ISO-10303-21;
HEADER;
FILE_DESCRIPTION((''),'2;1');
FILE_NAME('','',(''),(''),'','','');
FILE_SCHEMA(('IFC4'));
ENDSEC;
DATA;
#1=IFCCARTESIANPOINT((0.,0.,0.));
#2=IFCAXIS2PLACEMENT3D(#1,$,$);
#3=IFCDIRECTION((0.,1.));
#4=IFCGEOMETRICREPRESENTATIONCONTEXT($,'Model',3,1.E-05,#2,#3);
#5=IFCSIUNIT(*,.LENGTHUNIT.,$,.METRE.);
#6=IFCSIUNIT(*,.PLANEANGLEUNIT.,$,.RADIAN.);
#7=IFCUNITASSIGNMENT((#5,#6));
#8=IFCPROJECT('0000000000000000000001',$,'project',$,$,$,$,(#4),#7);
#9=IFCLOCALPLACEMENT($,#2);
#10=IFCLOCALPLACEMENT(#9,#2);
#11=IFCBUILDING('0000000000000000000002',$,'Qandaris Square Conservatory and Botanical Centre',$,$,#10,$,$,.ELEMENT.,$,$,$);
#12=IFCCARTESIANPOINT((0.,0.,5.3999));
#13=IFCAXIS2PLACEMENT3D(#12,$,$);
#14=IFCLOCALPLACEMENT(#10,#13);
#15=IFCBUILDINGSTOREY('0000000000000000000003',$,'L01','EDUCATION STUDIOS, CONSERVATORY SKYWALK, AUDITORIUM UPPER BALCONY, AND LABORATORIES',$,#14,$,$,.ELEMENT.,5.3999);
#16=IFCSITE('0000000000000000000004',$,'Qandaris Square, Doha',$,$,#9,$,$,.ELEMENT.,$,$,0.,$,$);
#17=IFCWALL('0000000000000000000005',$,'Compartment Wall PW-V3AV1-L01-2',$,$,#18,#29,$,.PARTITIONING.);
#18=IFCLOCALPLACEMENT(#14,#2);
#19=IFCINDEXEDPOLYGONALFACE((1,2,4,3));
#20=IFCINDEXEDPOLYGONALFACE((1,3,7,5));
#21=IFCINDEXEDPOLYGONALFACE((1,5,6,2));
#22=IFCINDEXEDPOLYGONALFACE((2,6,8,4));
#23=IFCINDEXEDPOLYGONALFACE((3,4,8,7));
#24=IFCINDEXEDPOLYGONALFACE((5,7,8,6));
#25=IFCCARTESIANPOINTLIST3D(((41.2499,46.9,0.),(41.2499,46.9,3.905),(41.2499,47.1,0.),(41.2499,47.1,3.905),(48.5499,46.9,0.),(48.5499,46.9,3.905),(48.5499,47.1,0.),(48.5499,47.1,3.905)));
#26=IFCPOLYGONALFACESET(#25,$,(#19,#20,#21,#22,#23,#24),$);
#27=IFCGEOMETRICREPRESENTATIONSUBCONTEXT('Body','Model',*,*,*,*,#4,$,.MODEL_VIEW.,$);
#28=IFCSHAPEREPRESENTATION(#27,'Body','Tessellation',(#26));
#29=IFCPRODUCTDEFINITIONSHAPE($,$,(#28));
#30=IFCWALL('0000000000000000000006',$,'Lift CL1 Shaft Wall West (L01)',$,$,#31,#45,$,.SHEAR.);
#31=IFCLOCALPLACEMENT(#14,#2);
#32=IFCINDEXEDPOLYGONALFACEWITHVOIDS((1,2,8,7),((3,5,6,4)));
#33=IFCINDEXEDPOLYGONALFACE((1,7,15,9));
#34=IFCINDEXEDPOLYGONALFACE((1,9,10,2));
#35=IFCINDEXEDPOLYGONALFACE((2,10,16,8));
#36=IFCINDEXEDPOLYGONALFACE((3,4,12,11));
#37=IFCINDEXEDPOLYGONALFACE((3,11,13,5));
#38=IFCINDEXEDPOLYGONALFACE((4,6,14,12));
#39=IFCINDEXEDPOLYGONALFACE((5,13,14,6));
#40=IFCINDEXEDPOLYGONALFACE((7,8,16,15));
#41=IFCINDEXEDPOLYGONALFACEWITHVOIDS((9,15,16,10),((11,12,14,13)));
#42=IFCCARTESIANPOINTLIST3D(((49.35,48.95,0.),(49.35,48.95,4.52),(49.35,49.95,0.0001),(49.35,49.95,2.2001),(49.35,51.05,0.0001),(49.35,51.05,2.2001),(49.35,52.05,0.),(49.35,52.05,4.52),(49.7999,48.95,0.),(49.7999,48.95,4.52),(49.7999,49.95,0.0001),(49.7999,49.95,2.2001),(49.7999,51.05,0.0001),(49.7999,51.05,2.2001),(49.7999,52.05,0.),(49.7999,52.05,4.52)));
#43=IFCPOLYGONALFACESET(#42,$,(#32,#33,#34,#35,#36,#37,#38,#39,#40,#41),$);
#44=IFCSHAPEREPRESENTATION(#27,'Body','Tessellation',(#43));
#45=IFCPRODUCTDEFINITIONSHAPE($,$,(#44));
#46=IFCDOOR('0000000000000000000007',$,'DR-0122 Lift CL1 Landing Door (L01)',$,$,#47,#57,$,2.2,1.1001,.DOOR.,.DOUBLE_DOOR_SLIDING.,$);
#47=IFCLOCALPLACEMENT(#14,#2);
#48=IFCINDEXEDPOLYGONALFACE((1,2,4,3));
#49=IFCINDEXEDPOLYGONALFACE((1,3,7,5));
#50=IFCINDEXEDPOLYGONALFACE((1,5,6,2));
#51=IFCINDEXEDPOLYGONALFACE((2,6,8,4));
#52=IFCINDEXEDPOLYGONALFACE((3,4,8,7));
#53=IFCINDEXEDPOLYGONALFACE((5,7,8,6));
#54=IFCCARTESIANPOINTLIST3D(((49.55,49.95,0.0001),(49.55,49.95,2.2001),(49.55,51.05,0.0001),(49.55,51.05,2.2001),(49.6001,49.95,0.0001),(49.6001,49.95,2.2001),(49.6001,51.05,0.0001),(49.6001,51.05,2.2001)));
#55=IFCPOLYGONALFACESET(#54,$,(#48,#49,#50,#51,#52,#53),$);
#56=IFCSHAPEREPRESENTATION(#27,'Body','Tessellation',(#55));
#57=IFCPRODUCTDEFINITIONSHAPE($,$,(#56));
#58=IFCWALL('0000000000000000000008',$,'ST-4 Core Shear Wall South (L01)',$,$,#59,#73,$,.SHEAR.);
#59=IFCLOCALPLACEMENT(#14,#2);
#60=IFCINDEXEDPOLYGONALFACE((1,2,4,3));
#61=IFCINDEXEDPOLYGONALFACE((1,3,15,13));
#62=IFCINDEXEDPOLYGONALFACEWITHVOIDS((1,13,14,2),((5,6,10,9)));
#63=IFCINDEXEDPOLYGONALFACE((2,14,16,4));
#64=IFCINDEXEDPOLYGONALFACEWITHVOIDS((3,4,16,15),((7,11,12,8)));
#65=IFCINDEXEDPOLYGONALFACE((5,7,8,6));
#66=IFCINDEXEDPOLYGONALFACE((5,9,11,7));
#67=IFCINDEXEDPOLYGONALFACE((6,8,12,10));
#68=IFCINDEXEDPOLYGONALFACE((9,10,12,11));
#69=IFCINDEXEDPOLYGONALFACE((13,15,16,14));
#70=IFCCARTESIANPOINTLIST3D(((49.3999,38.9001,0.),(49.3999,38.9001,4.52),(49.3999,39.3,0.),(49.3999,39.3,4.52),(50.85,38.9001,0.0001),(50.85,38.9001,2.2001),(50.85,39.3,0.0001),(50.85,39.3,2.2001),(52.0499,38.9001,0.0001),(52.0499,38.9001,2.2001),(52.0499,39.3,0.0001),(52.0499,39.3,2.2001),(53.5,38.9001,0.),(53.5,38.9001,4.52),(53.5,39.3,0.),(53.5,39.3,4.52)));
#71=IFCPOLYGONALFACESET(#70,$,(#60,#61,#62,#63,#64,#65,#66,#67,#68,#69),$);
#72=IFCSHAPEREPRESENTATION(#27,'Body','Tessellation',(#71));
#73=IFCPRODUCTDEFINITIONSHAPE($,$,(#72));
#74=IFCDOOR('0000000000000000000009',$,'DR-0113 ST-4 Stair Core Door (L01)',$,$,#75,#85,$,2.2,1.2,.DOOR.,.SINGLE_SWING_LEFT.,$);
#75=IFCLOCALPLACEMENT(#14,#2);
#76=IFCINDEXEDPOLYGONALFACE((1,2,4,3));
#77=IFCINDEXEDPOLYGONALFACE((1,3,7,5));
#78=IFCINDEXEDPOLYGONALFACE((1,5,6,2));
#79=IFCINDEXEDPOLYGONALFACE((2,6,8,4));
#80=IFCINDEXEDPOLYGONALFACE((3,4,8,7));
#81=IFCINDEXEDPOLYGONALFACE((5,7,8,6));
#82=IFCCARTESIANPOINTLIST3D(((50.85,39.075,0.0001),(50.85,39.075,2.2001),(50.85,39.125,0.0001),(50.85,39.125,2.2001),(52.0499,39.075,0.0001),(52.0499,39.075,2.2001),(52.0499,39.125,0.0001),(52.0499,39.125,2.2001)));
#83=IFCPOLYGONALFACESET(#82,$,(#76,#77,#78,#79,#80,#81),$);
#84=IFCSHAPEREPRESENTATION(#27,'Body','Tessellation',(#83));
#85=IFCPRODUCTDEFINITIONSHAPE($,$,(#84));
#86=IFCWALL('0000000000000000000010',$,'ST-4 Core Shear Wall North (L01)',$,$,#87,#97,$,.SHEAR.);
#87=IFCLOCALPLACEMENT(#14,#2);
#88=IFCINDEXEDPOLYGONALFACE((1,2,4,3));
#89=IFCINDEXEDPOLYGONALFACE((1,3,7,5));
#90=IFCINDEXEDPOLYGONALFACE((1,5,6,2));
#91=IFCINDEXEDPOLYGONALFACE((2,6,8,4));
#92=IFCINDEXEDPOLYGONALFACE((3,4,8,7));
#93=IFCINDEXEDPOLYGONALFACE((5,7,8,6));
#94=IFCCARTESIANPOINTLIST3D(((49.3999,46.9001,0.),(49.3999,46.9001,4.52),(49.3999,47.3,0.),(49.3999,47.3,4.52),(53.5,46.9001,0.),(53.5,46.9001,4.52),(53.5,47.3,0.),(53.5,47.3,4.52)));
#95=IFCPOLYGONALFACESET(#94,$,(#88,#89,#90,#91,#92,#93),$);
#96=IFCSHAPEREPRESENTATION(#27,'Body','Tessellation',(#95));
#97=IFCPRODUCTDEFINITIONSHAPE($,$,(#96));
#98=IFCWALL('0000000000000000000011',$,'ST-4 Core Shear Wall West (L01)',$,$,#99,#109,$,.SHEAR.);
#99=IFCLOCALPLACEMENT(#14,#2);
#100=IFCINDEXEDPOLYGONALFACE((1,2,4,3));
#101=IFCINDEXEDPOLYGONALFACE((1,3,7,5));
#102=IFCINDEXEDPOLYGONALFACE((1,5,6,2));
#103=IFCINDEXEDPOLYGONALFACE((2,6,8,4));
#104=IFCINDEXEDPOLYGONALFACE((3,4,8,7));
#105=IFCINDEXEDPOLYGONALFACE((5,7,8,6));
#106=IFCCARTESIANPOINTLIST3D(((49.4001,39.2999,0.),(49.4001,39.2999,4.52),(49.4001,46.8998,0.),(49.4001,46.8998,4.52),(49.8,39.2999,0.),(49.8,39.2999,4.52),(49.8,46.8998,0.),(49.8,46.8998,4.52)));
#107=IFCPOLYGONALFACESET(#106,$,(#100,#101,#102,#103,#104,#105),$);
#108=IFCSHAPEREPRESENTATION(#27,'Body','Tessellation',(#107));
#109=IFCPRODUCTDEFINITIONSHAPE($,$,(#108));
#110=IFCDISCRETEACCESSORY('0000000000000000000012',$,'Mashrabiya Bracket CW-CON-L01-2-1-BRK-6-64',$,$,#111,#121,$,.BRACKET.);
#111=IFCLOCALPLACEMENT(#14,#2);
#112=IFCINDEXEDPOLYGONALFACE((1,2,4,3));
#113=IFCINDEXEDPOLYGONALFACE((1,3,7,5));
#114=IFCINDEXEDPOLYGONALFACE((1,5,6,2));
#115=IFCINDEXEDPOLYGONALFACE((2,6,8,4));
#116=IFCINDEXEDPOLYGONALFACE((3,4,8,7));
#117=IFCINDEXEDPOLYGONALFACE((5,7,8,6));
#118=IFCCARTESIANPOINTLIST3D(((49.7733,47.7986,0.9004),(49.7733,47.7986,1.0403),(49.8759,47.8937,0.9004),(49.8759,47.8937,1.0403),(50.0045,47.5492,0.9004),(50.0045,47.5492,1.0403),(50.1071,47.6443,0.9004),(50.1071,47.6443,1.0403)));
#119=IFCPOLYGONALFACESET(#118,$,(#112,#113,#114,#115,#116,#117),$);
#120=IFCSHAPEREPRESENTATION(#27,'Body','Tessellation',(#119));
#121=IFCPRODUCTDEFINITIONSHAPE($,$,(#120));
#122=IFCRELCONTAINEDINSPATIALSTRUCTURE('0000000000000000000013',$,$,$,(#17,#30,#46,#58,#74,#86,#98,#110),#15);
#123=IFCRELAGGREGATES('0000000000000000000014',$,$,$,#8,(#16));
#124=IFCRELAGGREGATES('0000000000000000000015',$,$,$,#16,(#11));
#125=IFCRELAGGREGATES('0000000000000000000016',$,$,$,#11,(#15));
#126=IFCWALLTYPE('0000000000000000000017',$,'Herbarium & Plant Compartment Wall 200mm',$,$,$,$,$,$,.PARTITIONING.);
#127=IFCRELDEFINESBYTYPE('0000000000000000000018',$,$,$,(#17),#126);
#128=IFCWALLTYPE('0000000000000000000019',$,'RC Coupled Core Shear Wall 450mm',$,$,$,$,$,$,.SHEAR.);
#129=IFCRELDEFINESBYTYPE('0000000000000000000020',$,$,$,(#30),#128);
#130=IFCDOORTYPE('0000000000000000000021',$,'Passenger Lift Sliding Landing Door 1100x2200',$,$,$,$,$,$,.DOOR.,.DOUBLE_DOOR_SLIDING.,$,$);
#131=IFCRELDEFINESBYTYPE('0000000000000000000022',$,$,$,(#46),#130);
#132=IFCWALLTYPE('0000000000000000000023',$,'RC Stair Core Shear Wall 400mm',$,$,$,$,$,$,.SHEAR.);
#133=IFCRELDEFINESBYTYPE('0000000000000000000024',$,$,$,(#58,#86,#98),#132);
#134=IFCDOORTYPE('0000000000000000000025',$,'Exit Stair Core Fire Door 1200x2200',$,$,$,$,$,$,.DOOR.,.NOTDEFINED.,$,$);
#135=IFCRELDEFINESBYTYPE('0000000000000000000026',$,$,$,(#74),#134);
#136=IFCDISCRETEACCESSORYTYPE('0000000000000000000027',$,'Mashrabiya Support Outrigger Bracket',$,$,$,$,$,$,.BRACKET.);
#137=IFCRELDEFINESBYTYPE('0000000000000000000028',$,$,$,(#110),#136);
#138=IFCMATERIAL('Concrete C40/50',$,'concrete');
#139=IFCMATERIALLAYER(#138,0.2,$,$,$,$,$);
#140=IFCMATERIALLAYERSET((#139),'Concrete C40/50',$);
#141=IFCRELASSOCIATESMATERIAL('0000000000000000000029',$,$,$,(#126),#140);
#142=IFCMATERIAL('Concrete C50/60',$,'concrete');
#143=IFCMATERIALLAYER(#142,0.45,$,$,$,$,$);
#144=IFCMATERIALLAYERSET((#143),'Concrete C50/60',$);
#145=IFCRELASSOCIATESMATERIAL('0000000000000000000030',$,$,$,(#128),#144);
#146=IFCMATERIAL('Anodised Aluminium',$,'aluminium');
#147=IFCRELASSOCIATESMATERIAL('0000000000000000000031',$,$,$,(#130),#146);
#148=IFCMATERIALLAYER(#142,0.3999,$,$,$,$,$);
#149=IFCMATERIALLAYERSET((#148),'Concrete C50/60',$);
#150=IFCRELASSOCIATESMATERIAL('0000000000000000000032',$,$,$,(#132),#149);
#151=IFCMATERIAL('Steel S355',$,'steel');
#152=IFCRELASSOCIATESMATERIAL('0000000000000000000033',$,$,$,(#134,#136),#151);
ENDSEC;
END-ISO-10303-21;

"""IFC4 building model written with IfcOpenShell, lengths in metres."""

from ifc_helpers import new_model, si_unit, direction, frame, frame_2d, origin, origin_2d, place, context, subcontext, project, spatial, rectangle, extrude, material, layer, layer_set, type_object, element, fill, save


model = new_model("IFC4")

# Units and contexts
model_context = context("Model", 3, precision=1e-05, world=origin(), true_north=direction((0.0, 1.0)))
body_context = subcontext(model_context, "Body", "Model", "MODEL_VIEW")
ifc_project = project(units=[si_unit("LENGTHUNIT", "METRE"), si_unit("PLANEANGLEUNIT", "RADIAN")], contexts=[model_context])

# Site, building, storey
site_placement = place(None, origin())
site = spatial("IfcSite", under=ifc_project, at=site_placement, Name="Qandaris Square, Doha", CompositionType="ELEMENT", RefElevation=0.0)
building_placement = place(site_placement, origin())
building = spatial("IfcBuilding", under=site, at=building_placement, Name="Qandaris Square Conservatory and Botanical Centre", CompositionType="ELEMENT")
storey_placement = place(building_placement, frame((0.0, 0.0, 5.3999)))
storey = spatial("IfcBuildingStorey", under=building, at=storey_placement, Name="L01", Description="EDUCATION STUDIOS, CONSERVATORY SKYWALK, AUDITORIUM UPPER BALCONY, AND LABORATORIES", CompositionType="ELEMENT", Elevation=5.3999)

# Shared definitions
ifc_material_1 = material(Name="Concrete C50/60", Category="concrete")
ifc_material_2 = material(Name="Concrete C40/50", Category="concrete")

# Shared definitions
ifc_material_3 = material(Name="Anodised Aluminium", Category="aluminium")

# Wall
ifc_layer_1 = layer(ifc_material_2, 0.2)
ifc_layer_set_1 = layer_set([ifc_layer_1], Name="Concrete C40/50")
wall_type_1 = type_object("IfcWallType", Name="Herbarium & Plant Compartment Wall 200mm", PredefinedType="PARTITIONING", material=ifc_layer_set_1)
wall_1_placement = place(storey_placement, frame((41.25, 47.0, 0.0), z_axis=(0.0, 0.0, 1.0), x_axis=(1.0, 0.0, 0.0)))
element("IfcWall", 1, at=wall_1_placement, inside=storey, type_object=wall_type_1, Name="Compartment Wall PW-V3AV1-L01-2", PredefinedType="PARTITIONING", context=body_context, shape_type="SweptSolid", body=[
    extrude(rectangle(XDim=7.3, YDim=0.2, at=frame_2d((3.6499, 0.0))), origin(), (0.0, 0.0, 1.0), 3.905),
])

# Walls, openings, doors
ifc_layer_2 = layer(ifc_material_1, 0.45)
ifc_layer_set_2 = layer_set([ifc_layer_2], Name="Concrete C50/60")
wall_type_2 = type_object("IfcWallType", Name="RC Coupled Core Shear Wall 450mm", PredefinedType="SHEAR", material=ifc_layer_set_2)
wall_2_placement = place(storey_placement, frame((49.575, 48.95, 0.0), z_axis=(0.0, 0.0, 1.0), x_axis=(0.0, 1.0, 0.0)))
wall_2 = element("IfcWall", 2, at=wall_2_placement, inside=storey, type_object=wall_type_2, Name="Lift CL1 Shaft Wall West (L01)", PredefinedType="SHEAR", context=body_context, shape_type="SweptSolid", body=[
    extrude(rectangle(XDim=3.1001, YDim=0.45, at=frame_2d((1.55, 0.0))), origin(), (0.0, 0.0, 1.0), 4.52),
])
opening_1_placement = place(wall_2_placement, frame((1.0, 0.0, 0.0)))
opening_1 = element("IfcOpeningElement", 3, at=opening_1_placement, cuts=wall_2, PredefinedType="OPENING", context=body_context, shape_type="SweptSolid", body=[
    extrude(rectangle(XDim=1.1001, YDim=2.2, at=frame_2d((0.55, 1.1001))), frame((0.0, 0.2368, 0.0), z_axis=(0.0, -1.0, 0.0), x_axis=(1.0, 0.0, 0.0)), (0.0, 0.0, 1.0), 0.4739),
])
door_type_1 = type_object("IfcDoorType", Name="Passenger Lift Sliding Landing Door 1100x2200", OperationType="DOUBLE_DOOR_SLIDING", PredefinedType="DOOR", material=ifc_material_3)
door_1_placement = place(opening_1_placement, origin())
door_1 = element("IfcDoor", 4, at=door_1_placement, inside=storey, type_object=door_type_1, Name="DR-0122 Lift CL1 Landing Door (L01)", OperationType="DOUBLE_DOOR_SLIDING", OverallHeight=2.2, OverallWidth=1.1001, PredefinedType="DOOR", context=body_context, shape_type="SweptSolid", body=[
    extrude(rectangle(XDim=1.1001, YDim=2.2, at=frame_2d((0.55, 1.1001))), frame((0.0, 0.0249, 0.0), z_axis=(0.0, -1.0, 0.0), x_axis=(1.0, 0.0, 0.0)), (0.0, 0.0, 1.0), 0.05),
])
fill(opening_1, door_1)
ifc_layer_3 = layer(ifc_material_1, 0.3999)
ifc_layer_set_3 = layer_set([ifc_layer_3], Name="Concrete C50/60")
wall_type_3 = type_object("IfcWallType", Name="RC Stair Core Shear Wall 400mm", PredefinedType="SHEAR", material=ifc_layer_set_3)
wall_3_placement = place(storey_placement, frame((49.3999, 39.1001, 0.0), z_axis=(0.0, 0.0, 1.0), x_axis=(1.0, 0.0, 0.0)))
wall_3 = element("IfcWall", 5, at=wall_3_placement, inside=storey, type_object=wall_type_3, Name="ST-4 Core Shear Wall South (L01)", PredefinedType="SHEAR", context=body_context, shape_type="SweptSolid", body=[
    extrude(rectangle(XDim=4.1001, YDim=0.3999, at=frame_2d((2.05, 0.0))), origin(), (0.0, 0.0, 1.0), 4.52),
])
opening_2_placement = place(wall_3_placement, frame((1.45, 0.0, 0.0)))
opening_2 = element("IfcOpeningElement", 6, at=opening_2_placement, cuts=wall_3, PredefinedType="OPENING", context=body_context, shape_type="SweptSolid", body=[
    extrude(rectangle(XDim=1.2, YDim=2.2, at=frame_2d((0.6001, 1.1001))), frame((0.0, 0.2119, 0.0), z_axis=(0.0, -1.0, 0.0), x_axis=(1.0, 0.0, 0.0)), (0.0, 0.0, 1.0), 0.4238),
])
ifc_material_4 = material(Name="Steel S355", Category="steel")
door_type_2 = type_object("IfcDoorType", Name="Exit Stair Core Fire Door 1200x2200", OperationType="NOTDEFINED", PredefinedType="DOOR", material=ifc_material_4)
door_2_placement = place(opening_2_placement, origin())
door_2 = element("IfcDoor", 7, at=door_2_placement, inside=storey, type_object=door_type_2, Name="DR-0113 ST-4 Stair Core Door (L01)", OperationType="SINGLE_SWING_LEFT", OverallHeight=2.2, OverallWidth=1.2, PredefinedType="DOOR", context=body_context, shape_type="SweptSolid", body=[
    extrude(rectangle(XDim=1.2, YDim=2.2, at=frame_2d((0.6001, 1.1001))), frame((0.0, 0.0249, 0.0), z_axis=(0.0, -1.0, 0.0), x_axis=(1.0, 0.0, 0.0)), (0.0, 0.0, 1.0), 0.05),
])
fill(opening_2, door_2)

# Walls
wall_4_placement = place(storey_placement, frame((49.3999, 47.1001, 0.0), z_axis=(0.0, 0.0, 1.0), x_axis=(1.0, 0.0, 0.0)))
element("IfcWall", 8, at=wall_4_placement, inside=storey, type_object=wall_type_3, Name="ST-4 Core Shear Wall North (L01)", PredefinedType="SHEAR", context=body_context, shape_type="SweptSolid", body=[
    extrude(rectangle(XDim=4.1001, YDim=0.3999, at=frame_2d((2.05, 0.0))), origin(), (0.0, 0.0, 1.0), 4.52),
])
wall_5_placement = place(storey_placement, frame((49.6001, 39.3, 0.0), z_axis=(0.0, 0.0, 1.0), x_axis=(0.0, 1.0, 0.0)))
element("IfcWall", 9, at=wall_5_placement, inside=storey, type_object=wall_type_3, Name="ST-4 Core Shear Wall West (L01)", PredefinedType="SHEAR", context=body_context, shape_type="SweptSolid", body=[
    extrude(rectangle(XDim=7.5999, YDim=0.3999, at=frame_2d((3.7998, 0.0))), origin(), (0.0, 0.0, 1.0), 4.52),
])

# Discrete accessory
discrete_accessory_type = type_object("IfcDiscreteAccessoryType", Name="Mashrabiya Support Outrigger Bracket", PredefinedType="BRACKET", material=ifc_material_4)
discrete_accessory_placement = place(storey_placement, frame((49.9402, 47.7214, 0.9004), z_axis=(0.0, 0.0, 1.0), x_axis=(0.733433, 0.679762, 0.0)))
element("IfcDiscreteAccessory", 10, at=discrete_accessory_placement, inside=storey, type_object=discrete_accessory_type, Name="Mashrabiya Bracket CW-CON-L01-2-1-BRK-6-64", PredefinedType="BRACKET", context=body_context, shape_type="SweptSolid", body=[
    extrude(rectangle(XDim=0.1399, YDim=0.3401, at=origin_2d()), origin(), (0.0, 0.0, 1.0), 0.1399),
])

save(model, "model.ifc")
